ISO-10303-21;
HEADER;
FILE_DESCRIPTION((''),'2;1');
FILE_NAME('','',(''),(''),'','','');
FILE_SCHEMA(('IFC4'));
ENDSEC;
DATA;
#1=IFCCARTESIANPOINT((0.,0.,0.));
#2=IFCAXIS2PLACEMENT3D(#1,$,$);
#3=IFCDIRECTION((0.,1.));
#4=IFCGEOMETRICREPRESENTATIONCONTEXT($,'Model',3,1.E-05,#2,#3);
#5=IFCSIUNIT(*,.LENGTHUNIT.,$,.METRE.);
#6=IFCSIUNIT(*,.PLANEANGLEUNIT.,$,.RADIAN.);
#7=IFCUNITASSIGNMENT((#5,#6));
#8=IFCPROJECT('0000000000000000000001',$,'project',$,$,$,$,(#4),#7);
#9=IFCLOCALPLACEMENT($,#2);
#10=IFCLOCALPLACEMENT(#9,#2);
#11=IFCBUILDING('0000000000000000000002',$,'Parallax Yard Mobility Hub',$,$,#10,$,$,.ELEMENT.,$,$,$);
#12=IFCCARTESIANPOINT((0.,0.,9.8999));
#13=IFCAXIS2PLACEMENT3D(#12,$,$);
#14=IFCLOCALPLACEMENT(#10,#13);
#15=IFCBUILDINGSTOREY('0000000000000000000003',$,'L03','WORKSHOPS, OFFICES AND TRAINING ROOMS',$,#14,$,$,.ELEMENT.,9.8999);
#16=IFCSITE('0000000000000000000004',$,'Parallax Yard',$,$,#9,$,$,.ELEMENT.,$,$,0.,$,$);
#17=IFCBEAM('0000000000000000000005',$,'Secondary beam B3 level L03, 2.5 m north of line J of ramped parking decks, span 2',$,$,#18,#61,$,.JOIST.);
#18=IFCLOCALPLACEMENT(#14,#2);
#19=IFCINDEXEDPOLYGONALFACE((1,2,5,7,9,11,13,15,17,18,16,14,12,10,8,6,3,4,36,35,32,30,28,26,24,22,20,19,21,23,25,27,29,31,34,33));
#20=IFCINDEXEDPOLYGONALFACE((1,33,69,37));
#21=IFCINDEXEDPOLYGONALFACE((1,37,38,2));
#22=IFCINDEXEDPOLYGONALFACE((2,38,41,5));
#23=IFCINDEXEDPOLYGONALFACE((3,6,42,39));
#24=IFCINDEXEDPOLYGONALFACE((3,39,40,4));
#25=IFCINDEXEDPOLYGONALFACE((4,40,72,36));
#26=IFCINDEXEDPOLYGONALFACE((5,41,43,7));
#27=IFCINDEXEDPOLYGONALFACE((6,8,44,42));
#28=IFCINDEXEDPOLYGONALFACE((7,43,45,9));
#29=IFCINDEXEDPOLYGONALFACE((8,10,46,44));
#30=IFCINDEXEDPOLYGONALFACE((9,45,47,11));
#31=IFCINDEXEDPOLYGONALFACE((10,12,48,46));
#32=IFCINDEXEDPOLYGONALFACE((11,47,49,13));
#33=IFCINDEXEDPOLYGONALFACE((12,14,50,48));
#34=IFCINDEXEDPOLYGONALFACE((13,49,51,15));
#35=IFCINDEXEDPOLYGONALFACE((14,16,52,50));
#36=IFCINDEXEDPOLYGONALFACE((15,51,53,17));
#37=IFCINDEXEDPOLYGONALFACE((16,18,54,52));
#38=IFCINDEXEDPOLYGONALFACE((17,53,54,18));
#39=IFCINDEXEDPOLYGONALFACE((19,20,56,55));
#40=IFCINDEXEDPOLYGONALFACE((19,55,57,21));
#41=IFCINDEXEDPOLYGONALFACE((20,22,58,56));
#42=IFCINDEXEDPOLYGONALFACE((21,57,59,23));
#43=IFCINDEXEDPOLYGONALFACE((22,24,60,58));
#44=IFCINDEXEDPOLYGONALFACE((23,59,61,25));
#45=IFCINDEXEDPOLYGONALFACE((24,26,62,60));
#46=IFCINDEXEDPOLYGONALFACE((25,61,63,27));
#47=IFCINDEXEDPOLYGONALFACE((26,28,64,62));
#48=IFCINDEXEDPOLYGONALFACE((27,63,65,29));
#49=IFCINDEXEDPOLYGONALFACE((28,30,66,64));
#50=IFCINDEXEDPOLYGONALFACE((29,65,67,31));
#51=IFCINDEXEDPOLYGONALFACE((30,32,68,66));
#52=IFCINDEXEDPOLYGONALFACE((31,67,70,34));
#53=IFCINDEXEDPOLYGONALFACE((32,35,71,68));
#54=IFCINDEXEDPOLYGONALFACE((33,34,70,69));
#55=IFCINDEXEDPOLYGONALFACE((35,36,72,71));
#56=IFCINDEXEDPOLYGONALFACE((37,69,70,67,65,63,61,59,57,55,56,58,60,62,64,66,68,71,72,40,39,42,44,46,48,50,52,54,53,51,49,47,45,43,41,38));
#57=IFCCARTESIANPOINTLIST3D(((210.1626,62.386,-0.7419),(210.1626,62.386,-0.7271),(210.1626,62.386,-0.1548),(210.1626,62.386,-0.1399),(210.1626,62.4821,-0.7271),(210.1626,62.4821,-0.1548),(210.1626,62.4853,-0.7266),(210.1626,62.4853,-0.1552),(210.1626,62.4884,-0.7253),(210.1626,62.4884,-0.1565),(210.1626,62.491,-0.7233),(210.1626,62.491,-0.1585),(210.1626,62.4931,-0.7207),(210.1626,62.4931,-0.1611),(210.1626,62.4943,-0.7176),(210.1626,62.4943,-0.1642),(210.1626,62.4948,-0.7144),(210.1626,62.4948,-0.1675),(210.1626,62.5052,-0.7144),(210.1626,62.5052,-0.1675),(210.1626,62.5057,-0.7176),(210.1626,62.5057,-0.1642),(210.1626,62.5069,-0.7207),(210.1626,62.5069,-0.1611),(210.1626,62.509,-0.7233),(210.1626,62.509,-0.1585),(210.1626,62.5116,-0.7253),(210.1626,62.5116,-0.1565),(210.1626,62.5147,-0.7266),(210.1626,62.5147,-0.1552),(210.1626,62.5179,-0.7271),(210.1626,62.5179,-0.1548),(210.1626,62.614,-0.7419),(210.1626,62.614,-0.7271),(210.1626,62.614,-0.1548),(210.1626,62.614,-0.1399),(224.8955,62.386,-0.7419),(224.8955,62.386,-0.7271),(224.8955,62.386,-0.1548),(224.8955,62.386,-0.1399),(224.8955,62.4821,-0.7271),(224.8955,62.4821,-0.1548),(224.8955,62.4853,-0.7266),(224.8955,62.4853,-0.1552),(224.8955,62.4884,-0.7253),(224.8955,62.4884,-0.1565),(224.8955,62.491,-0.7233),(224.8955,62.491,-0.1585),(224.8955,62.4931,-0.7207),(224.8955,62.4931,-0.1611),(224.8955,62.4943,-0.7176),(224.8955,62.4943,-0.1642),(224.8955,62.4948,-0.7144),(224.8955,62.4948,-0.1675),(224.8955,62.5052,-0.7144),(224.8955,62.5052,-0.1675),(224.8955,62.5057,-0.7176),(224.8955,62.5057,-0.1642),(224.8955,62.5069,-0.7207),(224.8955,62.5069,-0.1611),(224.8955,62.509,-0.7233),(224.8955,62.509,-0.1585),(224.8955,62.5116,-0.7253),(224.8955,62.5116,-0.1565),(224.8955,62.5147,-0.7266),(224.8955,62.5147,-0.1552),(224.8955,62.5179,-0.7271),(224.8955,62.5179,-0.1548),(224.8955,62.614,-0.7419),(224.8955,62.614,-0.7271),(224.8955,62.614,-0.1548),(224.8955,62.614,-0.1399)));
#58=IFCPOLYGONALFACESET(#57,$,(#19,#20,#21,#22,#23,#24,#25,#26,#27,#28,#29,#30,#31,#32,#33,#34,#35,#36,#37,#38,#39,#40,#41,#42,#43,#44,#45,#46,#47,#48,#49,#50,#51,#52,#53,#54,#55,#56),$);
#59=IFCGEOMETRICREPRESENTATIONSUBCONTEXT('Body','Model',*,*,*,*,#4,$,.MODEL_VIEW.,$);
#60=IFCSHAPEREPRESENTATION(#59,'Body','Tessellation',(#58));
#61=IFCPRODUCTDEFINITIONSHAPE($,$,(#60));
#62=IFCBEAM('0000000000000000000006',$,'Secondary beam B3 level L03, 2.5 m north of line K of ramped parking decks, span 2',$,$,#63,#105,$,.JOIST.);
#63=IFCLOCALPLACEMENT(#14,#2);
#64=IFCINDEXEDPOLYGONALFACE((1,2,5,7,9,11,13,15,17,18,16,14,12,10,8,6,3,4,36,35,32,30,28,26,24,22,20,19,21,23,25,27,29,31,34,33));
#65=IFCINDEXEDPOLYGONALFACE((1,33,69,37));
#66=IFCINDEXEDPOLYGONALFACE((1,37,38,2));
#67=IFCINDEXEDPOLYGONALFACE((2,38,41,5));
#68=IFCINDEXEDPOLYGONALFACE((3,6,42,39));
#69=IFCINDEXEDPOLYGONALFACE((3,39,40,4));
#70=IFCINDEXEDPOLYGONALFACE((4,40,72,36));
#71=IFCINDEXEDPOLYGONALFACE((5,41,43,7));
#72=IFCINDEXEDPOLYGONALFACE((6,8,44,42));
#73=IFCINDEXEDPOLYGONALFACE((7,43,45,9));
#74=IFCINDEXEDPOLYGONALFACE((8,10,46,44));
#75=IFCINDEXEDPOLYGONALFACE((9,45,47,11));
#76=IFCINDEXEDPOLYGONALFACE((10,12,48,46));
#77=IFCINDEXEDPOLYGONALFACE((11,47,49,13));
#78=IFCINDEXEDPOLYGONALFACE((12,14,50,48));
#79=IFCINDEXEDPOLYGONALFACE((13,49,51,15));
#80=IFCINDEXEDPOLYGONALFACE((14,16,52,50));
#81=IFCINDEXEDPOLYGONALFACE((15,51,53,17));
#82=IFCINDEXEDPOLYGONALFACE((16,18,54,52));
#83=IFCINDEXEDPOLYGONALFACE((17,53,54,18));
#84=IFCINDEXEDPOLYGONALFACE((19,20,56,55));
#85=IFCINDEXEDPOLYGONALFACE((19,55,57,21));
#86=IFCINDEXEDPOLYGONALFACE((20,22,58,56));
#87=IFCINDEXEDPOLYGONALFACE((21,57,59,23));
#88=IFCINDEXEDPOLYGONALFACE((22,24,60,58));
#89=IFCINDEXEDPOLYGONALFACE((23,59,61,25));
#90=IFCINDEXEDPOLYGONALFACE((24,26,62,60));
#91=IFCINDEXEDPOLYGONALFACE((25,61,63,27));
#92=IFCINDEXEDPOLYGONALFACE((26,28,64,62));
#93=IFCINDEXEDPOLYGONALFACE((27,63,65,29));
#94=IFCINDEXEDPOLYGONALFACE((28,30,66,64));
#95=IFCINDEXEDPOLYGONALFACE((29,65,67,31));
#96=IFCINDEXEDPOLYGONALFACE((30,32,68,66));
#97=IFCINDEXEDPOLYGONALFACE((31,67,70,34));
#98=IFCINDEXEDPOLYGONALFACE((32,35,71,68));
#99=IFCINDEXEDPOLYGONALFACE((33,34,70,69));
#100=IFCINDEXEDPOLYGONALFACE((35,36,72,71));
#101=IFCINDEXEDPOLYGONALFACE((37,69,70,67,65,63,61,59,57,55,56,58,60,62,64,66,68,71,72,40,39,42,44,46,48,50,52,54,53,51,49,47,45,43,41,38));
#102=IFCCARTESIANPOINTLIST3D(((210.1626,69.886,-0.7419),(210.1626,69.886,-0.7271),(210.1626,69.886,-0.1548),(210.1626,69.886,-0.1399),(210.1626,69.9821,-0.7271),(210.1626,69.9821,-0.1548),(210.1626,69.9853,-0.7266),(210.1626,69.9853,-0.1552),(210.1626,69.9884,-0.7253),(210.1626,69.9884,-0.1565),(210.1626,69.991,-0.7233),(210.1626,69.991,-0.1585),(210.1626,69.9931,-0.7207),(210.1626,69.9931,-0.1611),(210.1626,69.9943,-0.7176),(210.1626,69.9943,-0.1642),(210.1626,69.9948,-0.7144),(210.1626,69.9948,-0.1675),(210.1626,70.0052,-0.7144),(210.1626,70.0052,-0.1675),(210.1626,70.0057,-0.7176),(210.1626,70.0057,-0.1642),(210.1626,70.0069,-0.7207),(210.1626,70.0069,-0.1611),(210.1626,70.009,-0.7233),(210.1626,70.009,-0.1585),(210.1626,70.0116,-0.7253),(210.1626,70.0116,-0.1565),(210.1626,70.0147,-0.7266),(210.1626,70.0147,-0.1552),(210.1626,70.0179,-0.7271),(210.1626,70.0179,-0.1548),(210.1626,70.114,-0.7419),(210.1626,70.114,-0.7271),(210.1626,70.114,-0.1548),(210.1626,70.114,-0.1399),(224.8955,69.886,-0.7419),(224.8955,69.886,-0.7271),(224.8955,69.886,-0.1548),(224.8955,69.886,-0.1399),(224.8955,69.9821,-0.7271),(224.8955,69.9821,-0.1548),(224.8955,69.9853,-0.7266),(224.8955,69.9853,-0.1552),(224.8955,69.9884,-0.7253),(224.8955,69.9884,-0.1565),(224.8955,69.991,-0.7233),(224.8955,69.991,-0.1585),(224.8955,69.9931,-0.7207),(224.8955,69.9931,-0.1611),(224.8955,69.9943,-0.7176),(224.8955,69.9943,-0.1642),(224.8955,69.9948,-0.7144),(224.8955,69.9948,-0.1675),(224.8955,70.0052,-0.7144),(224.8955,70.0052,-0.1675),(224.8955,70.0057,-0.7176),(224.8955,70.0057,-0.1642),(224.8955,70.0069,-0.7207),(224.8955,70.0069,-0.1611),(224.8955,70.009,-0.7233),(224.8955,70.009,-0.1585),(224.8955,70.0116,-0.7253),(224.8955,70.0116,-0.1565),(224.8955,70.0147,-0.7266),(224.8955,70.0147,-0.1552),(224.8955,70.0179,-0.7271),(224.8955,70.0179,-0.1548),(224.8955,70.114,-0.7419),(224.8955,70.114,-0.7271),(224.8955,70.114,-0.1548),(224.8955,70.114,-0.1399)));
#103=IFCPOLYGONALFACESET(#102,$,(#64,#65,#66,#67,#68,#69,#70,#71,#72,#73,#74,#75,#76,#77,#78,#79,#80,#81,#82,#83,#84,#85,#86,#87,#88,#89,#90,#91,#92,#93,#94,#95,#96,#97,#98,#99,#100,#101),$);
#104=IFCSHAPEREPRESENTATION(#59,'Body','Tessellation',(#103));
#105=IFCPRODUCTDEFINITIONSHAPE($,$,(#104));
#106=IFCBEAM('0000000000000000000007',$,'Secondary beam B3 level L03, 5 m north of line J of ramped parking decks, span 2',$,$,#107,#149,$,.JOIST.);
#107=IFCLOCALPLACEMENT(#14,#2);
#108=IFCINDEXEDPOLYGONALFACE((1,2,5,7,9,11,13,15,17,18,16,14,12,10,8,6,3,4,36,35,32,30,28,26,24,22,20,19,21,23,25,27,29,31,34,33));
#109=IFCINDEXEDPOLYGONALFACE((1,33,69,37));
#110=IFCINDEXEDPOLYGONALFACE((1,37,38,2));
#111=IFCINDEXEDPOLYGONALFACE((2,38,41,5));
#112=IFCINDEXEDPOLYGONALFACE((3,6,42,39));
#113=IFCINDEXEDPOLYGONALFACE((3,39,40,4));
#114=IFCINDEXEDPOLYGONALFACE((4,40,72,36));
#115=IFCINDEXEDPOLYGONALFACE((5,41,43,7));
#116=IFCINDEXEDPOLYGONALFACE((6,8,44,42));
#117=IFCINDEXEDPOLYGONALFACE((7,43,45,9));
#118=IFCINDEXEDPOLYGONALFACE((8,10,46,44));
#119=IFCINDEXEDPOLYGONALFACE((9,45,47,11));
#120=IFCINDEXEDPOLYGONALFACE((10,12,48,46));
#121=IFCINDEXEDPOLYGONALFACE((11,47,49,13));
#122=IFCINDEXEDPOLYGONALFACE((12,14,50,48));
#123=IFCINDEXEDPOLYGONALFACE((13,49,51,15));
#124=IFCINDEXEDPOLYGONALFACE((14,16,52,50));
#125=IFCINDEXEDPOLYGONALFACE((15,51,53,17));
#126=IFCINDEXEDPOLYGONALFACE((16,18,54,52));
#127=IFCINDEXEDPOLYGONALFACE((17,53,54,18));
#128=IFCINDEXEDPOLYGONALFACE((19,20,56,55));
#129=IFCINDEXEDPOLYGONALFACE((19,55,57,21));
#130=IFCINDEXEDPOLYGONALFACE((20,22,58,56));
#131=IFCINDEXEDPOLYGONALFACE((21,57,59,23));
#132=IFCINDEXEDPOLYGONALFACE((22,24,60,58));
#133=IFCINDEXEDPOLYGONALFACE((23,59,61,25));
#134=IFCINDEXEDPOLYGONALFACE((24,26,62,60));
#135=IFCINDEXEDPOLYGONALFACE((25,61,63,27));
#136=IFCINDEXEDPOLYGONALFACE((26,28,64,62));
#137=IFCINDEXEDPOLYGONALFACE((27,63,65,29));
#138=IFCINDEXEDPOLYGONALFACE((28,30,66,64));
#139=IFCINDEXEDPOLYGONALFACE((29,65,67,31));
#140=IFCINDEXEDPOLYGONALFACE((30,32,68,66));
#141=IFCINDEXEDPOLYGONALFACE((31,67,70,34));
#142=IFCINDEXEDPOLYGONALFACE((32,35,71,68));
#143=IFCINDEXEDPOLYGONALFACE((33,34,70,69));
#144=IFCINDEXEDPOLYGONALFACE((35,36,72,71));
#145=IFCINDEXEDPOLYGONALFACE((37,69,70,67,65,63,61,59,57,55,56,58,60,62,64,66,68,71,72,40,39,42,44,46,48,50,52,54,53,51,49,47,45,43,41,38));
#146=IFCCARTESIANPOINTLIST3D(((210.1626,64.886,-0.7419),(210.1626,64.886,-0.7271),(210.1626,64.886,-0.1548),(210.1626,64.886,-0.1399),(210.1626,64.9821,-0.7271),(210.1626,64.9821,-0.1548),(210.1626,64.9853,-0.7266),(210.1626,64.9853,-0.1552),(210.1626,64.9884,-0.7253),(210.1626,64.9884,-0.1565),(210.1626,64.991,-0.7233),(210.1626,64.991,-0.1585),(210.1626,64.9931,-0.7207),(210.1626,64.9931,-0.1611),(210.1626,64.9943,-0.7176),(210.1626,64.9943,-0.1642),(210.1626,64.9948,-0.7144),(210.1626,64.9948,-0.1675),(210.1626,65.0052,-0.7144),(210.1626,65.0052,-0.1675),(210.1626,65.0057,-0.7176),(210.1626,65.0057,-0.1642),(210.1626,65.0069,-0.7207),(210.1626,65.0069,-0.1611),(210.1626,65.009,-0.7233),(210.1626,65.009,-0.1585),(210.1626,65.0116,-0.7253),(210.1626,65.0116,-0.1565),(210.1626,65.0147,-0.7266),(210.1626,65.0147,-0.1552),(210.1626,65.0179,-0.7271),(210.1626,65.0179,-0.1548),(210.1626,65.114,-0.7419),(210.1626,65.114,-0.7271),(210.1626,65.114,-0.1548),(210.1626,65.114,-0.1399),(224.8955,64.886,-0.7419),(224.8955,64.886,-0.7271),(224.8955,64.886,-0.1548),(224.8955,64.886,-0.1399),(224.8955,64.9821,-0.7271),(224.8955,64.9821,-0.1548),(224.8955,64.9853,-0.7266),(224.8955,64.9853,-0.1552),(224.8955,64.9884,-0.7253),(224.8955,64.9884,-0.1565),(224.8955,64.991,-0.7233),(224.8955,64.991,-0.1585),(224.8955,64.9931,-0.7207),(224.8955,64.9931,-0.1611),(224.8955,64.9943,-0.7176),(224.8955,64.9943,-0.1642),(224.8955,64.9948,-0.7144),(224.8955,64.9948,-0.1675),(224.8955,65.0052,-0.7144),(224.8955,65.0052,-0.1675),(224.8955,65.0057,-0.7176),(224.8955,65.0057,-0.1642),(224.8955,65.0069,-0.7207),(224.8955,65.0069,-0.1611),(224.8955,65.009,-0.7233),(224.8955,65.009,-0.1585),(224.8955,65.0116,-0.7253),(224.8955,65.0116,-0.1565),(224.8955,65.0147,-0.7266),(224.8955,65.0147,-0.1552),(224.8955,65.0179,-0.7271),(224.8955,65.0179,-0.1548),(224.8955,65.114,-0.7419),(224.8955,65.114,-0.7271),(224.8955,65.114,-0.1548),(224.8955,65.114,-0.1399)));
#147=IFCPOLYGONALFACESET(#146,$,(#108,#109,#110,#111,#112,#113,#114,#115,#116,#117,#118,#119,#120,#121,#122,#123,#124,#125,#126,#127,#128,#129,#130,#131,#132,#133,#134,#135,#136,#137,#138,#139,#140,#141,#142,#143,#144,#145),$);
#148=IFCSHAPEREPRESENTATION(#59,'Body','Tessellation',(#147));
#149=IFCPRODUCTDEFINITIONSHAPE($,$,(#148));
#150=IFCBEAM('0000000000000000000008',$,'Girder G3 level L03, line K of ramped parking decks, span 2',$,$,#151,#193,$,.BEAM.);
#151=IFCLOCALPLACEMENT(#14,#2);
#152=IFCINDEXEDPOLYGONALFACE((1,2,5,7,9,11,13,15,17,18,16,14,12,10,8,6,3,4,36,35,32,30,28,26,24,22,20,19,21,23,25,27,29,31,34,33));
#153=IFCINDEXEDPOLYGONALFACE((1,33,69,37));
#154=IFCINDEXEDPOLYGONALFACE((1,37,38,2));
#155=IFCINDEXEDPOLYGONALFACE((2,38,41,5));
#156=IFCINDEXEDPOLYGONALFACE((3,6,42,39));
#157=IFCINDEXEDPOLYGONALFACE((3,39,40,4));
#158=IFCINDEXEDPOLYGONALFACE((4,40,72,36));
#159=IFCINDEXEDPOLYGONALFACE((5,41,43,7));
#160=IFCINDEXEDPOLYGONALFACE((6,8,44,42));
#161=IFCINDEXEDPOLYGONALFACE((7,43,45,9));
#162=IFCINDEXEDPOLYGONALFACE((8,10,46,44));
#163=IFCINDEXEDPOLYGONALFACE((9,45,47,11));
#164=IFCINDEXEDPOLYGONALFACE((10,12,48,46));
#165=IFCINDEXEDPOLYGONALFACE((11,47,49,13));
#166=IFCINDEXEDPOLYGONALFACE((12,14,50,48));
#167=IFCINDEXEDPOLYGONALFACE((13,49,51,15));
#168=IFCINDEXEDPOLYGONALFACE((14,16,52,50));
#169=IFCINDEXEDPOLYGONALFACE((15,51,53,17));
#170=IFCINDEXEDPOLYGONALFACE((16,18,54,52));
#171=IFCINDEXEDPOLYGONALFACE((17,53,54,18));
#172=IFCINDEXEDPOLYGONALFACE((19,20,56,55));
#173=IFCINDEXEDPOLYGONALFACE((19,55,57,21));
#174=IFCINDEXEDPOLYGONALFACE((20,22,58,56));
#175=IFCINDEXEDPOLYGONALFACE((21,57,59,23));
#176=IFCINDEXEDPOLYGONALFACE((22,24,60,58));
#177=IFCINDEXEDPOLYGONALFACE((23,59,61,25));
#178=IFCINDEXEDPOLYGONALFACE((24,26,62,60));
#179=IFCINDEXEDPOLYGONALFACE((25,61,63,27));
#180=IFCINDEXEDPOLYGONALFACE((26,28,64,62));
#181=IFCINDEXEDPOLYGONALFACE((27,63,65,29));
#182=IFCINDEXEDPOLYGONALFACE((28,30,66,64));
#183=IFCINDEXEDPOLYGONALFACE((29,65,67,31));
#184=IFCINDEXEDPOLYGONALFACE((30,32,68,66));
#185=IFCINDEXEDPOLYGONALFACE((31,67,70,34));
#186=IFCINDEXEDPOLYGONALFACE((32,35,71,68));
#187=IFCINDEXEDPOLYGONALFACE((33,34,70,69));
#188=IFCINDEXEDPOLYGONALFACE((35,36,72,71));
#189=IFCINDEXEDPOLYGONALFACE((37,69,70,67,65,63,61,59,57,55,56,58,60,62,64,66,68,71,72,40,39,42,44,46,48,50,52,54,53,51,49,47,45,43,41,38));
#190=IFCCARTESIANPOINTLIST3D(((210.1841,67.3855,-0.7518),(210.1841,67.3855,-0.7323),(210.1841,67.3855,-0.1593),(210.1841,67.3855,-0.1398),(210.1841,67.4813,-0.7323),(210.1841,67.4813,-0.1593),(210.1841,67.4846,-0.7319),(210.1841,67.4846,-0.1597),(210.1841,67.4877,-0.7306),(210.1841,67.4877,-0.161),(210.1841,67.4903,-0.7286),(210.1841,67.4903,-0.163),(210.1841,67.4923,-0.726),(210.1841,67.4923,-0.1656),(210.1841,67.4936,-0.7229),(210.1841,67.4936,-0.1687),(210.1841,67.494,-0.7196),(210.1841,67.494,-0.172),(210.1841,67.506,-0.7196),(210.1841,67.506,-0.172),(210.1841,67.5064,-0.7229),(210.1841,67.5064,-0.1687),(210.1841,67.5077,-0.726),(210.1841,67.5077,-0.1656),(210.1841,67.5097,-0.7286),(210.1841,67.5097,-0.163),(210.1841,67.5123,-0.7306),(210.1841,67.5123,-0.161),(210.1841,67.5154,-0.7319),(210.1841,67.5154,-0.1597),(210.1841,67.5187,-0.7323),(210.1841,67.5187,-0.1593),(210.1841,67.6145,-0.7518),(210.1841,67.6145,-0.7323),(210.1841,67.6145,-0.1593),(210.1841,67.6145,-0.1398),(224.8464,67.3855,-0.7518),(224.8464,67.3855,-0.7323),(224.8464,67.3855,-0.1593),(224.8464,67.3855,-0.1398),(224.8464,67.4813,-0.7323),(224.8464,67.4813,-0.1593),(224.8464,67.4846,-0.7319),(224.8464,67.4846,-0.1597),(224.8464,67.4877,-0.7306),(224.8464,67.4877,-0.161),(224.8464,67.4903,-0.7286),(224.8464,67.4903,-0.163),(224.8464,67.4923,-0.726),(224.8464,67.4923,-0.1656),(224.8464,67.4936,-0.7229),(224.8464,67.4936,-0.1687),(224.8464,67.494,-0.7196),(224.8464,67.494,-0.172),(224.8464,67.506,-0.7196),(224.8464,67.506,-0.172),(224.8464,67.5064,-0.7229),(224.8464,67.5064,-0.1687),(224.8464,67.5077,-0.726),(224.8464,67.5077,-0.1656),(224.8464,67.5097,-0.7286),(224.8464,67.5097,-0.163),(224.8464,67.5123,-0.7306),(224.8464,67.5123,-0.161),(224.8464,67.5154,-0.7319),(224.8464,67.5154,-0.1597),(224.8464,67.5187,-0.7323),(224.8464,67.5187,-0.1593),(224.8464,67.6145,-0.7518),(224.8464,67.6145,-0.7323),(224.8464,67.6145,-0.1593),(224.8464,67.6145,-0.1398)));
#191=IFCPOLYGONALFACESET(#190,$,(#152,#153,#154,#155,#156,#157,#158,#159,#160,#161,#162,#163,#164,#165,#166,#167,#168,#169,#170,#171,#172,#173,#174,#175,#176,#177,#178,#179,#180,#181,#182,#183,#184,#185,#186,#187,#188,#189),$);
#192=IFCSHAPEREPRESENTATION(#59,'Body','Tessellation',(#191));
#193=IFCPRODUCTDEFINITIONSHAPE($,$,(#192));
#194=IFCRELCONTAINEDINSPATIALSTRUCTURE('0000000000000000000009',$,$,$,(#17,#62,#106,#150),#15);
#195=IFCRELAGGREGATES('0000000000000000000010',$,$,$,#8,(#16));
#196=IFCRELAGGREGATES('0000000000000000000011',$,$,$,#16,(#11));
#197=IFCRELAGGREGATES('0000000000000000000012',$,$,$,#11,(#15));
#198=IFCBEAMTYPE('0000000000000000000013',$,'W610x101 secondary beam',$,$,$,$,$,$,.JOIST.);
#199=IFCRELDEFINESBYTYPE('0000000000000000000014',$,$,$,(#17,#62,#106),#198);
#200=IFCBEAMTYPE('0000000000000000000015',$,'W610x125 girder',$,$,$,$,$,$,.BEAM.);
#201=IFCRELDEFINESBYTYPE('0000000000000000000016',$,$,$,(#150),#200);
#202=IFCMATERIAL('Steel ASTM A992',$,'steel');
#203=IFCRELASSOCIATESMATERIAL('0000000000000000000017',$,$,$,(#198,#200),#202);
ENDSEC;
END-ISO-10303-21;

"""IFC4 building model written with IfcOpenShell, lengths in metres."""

from ifc_helpers import new_model, si_unit, direction, frame, origin, origin_2d, place, context, subcontext, project, spatial, i_section, extrude, material, material_profile, profile_set, type_object, element, save


model = new_model("IFC4")

# Units and contexts
model_context = context("Model", 3, precision=1e-05, world=origin(), true_north=direction((0.0, 1.0)))
body_context = subcontext(model_context, "Body", "Model", "MODEL_VIEW")
ifc_project = project(units=[si_unit("LENGTHUNIT", "METRE"), si_unit("PLANEANGLEUNIT", "RADIAN")], contexts=[model_context])

# Site, building, storey
site_placement = place(None, origin())
site = spatial("IfcSite", under=ifc_project, at=site_placement, Name="Parallax Yard", CompositionType="ELEMENT", RefElevation=0.0)
building_placement = place(site_placement, origin())
building = spatial("IfcBuilding", under=site, at=building_placement, Name="Parallax Yard Mobility Hub", CompositionType="ELEMENT")
storey_placement = place(building_placement, frame((0.0, 0.0, 9.8999)))
storey = spatial("IfcBuildingStorey", under=building, at=storey_placement, Name="L03", Description="WORKSHOPS, OFFICES AND TRAINING ROOMS", CompositionType="ELEMENT", Elevation=9.8999)

# Shared definitions
ifc_material_1 = material(Name="Steel ASTM A992", Category="steel")

# Beams
ifc_material_profile_1 = material_profile(ifc_material_1, i_section(OverallWidth=0.228, OverallDepth=0.6021, WebThickness=0.0105, FlangeThickness=0.0149, FilletRadius=0.0127, at=origin_2d()), Name="W610x101")
ifc_profile_set_1 = profile_set([ifc_material_profile_1], Name="Steel ASTM A992")
beam_type_1 = type_object("IfcBeamType", Name="W610x101 secondary beam", PredefinedType="JOIST", material=ifc_profile_set_1)
for number, where, z_axis, x_axis, name in (
    (1, (210.1626, 62.5, -0.4409), (1.0, 0.0, 0.0), (0.0, 1.0, 0.0), "Secondary beam B3 level L03, 2.5 m north of line J of ramped parking decks, span 2"),
    (2, (210.1626, 70.0, -0.4409), (1.0, 0.0, 0.0), (0.0, 1.0, 0.0), "Secondary beam B3 level L03, 2.5 m north of line K of ramped parking decks, span 2"),
    (3, (210.1626, 65.0, -0.4409), (1.0, 0.0, 0.0), (0.0, 1.0, 0.0), "Secondary beam B3 level L03, 5 m north of line J of ramped parking decks, span 2"),
):
    element("IfcBeam", number, at=place(storey_placement, frame(where, z_axis=z_axis, x_axis=x_axis)), inside=storey, type_object=beam_type_1, Name=name, PredefinedType="JOIST", context=body_context, shape_type="SweptSolid", body=[
        extrude(i_section(OverallWidth=0.228, OverallDepth=0.6021, WebThickness=0.0105, FlangeThickness=0.0149, FilletRadius=0.0127, at=origin_2d()), origin(), (0.0, 0.0, 1.0), 14.7329),
    ])
ifc_material_profile_2 = material_profile(ifc_material_1, i_section(OverallWidth=0.229, OverallDepth=0.6121, WebThickness=0.012, FlangeThickness=0.0195, FilletRadius=0.0127, at=origin_2d()), Name="W610x125")
ifc_profile_set_2 = profile_set([ifc_material_profile_2], Name="Steel ASTM A992")
beam_type_2 = type_object("IfcBeamType", Name="W610x125 girder", PredefinedType="BEAM", material=ifc_profile_set_2)
beam_1_placement = place(storey_placement, frame((210.1841, 67.5, -0.4458), z_axis=(1.0, 0.0, 0.0), x_axis=(0.0, 1.0, 0.0)))
element("IfcBeam", 4, at=beam_1_placement, inside=storey, type_object=beam_type_2, Name="Girder G3 level L03, line K of ramped parking decks, span 2", PredefinedType="BEAM", context=body_context, shape_type="SweptSolid", body=[
    extrude(i_section(OverallWidth=0.229, OverallDepth=0.6121, WebThickness=0.012, FlangeThickness=0.0195, FilletRadius=0.0127, at=origin_2d()), origin(), (0.0, 0.0, 1.0), 14.6624),
])

save(model, "model.ifc")
